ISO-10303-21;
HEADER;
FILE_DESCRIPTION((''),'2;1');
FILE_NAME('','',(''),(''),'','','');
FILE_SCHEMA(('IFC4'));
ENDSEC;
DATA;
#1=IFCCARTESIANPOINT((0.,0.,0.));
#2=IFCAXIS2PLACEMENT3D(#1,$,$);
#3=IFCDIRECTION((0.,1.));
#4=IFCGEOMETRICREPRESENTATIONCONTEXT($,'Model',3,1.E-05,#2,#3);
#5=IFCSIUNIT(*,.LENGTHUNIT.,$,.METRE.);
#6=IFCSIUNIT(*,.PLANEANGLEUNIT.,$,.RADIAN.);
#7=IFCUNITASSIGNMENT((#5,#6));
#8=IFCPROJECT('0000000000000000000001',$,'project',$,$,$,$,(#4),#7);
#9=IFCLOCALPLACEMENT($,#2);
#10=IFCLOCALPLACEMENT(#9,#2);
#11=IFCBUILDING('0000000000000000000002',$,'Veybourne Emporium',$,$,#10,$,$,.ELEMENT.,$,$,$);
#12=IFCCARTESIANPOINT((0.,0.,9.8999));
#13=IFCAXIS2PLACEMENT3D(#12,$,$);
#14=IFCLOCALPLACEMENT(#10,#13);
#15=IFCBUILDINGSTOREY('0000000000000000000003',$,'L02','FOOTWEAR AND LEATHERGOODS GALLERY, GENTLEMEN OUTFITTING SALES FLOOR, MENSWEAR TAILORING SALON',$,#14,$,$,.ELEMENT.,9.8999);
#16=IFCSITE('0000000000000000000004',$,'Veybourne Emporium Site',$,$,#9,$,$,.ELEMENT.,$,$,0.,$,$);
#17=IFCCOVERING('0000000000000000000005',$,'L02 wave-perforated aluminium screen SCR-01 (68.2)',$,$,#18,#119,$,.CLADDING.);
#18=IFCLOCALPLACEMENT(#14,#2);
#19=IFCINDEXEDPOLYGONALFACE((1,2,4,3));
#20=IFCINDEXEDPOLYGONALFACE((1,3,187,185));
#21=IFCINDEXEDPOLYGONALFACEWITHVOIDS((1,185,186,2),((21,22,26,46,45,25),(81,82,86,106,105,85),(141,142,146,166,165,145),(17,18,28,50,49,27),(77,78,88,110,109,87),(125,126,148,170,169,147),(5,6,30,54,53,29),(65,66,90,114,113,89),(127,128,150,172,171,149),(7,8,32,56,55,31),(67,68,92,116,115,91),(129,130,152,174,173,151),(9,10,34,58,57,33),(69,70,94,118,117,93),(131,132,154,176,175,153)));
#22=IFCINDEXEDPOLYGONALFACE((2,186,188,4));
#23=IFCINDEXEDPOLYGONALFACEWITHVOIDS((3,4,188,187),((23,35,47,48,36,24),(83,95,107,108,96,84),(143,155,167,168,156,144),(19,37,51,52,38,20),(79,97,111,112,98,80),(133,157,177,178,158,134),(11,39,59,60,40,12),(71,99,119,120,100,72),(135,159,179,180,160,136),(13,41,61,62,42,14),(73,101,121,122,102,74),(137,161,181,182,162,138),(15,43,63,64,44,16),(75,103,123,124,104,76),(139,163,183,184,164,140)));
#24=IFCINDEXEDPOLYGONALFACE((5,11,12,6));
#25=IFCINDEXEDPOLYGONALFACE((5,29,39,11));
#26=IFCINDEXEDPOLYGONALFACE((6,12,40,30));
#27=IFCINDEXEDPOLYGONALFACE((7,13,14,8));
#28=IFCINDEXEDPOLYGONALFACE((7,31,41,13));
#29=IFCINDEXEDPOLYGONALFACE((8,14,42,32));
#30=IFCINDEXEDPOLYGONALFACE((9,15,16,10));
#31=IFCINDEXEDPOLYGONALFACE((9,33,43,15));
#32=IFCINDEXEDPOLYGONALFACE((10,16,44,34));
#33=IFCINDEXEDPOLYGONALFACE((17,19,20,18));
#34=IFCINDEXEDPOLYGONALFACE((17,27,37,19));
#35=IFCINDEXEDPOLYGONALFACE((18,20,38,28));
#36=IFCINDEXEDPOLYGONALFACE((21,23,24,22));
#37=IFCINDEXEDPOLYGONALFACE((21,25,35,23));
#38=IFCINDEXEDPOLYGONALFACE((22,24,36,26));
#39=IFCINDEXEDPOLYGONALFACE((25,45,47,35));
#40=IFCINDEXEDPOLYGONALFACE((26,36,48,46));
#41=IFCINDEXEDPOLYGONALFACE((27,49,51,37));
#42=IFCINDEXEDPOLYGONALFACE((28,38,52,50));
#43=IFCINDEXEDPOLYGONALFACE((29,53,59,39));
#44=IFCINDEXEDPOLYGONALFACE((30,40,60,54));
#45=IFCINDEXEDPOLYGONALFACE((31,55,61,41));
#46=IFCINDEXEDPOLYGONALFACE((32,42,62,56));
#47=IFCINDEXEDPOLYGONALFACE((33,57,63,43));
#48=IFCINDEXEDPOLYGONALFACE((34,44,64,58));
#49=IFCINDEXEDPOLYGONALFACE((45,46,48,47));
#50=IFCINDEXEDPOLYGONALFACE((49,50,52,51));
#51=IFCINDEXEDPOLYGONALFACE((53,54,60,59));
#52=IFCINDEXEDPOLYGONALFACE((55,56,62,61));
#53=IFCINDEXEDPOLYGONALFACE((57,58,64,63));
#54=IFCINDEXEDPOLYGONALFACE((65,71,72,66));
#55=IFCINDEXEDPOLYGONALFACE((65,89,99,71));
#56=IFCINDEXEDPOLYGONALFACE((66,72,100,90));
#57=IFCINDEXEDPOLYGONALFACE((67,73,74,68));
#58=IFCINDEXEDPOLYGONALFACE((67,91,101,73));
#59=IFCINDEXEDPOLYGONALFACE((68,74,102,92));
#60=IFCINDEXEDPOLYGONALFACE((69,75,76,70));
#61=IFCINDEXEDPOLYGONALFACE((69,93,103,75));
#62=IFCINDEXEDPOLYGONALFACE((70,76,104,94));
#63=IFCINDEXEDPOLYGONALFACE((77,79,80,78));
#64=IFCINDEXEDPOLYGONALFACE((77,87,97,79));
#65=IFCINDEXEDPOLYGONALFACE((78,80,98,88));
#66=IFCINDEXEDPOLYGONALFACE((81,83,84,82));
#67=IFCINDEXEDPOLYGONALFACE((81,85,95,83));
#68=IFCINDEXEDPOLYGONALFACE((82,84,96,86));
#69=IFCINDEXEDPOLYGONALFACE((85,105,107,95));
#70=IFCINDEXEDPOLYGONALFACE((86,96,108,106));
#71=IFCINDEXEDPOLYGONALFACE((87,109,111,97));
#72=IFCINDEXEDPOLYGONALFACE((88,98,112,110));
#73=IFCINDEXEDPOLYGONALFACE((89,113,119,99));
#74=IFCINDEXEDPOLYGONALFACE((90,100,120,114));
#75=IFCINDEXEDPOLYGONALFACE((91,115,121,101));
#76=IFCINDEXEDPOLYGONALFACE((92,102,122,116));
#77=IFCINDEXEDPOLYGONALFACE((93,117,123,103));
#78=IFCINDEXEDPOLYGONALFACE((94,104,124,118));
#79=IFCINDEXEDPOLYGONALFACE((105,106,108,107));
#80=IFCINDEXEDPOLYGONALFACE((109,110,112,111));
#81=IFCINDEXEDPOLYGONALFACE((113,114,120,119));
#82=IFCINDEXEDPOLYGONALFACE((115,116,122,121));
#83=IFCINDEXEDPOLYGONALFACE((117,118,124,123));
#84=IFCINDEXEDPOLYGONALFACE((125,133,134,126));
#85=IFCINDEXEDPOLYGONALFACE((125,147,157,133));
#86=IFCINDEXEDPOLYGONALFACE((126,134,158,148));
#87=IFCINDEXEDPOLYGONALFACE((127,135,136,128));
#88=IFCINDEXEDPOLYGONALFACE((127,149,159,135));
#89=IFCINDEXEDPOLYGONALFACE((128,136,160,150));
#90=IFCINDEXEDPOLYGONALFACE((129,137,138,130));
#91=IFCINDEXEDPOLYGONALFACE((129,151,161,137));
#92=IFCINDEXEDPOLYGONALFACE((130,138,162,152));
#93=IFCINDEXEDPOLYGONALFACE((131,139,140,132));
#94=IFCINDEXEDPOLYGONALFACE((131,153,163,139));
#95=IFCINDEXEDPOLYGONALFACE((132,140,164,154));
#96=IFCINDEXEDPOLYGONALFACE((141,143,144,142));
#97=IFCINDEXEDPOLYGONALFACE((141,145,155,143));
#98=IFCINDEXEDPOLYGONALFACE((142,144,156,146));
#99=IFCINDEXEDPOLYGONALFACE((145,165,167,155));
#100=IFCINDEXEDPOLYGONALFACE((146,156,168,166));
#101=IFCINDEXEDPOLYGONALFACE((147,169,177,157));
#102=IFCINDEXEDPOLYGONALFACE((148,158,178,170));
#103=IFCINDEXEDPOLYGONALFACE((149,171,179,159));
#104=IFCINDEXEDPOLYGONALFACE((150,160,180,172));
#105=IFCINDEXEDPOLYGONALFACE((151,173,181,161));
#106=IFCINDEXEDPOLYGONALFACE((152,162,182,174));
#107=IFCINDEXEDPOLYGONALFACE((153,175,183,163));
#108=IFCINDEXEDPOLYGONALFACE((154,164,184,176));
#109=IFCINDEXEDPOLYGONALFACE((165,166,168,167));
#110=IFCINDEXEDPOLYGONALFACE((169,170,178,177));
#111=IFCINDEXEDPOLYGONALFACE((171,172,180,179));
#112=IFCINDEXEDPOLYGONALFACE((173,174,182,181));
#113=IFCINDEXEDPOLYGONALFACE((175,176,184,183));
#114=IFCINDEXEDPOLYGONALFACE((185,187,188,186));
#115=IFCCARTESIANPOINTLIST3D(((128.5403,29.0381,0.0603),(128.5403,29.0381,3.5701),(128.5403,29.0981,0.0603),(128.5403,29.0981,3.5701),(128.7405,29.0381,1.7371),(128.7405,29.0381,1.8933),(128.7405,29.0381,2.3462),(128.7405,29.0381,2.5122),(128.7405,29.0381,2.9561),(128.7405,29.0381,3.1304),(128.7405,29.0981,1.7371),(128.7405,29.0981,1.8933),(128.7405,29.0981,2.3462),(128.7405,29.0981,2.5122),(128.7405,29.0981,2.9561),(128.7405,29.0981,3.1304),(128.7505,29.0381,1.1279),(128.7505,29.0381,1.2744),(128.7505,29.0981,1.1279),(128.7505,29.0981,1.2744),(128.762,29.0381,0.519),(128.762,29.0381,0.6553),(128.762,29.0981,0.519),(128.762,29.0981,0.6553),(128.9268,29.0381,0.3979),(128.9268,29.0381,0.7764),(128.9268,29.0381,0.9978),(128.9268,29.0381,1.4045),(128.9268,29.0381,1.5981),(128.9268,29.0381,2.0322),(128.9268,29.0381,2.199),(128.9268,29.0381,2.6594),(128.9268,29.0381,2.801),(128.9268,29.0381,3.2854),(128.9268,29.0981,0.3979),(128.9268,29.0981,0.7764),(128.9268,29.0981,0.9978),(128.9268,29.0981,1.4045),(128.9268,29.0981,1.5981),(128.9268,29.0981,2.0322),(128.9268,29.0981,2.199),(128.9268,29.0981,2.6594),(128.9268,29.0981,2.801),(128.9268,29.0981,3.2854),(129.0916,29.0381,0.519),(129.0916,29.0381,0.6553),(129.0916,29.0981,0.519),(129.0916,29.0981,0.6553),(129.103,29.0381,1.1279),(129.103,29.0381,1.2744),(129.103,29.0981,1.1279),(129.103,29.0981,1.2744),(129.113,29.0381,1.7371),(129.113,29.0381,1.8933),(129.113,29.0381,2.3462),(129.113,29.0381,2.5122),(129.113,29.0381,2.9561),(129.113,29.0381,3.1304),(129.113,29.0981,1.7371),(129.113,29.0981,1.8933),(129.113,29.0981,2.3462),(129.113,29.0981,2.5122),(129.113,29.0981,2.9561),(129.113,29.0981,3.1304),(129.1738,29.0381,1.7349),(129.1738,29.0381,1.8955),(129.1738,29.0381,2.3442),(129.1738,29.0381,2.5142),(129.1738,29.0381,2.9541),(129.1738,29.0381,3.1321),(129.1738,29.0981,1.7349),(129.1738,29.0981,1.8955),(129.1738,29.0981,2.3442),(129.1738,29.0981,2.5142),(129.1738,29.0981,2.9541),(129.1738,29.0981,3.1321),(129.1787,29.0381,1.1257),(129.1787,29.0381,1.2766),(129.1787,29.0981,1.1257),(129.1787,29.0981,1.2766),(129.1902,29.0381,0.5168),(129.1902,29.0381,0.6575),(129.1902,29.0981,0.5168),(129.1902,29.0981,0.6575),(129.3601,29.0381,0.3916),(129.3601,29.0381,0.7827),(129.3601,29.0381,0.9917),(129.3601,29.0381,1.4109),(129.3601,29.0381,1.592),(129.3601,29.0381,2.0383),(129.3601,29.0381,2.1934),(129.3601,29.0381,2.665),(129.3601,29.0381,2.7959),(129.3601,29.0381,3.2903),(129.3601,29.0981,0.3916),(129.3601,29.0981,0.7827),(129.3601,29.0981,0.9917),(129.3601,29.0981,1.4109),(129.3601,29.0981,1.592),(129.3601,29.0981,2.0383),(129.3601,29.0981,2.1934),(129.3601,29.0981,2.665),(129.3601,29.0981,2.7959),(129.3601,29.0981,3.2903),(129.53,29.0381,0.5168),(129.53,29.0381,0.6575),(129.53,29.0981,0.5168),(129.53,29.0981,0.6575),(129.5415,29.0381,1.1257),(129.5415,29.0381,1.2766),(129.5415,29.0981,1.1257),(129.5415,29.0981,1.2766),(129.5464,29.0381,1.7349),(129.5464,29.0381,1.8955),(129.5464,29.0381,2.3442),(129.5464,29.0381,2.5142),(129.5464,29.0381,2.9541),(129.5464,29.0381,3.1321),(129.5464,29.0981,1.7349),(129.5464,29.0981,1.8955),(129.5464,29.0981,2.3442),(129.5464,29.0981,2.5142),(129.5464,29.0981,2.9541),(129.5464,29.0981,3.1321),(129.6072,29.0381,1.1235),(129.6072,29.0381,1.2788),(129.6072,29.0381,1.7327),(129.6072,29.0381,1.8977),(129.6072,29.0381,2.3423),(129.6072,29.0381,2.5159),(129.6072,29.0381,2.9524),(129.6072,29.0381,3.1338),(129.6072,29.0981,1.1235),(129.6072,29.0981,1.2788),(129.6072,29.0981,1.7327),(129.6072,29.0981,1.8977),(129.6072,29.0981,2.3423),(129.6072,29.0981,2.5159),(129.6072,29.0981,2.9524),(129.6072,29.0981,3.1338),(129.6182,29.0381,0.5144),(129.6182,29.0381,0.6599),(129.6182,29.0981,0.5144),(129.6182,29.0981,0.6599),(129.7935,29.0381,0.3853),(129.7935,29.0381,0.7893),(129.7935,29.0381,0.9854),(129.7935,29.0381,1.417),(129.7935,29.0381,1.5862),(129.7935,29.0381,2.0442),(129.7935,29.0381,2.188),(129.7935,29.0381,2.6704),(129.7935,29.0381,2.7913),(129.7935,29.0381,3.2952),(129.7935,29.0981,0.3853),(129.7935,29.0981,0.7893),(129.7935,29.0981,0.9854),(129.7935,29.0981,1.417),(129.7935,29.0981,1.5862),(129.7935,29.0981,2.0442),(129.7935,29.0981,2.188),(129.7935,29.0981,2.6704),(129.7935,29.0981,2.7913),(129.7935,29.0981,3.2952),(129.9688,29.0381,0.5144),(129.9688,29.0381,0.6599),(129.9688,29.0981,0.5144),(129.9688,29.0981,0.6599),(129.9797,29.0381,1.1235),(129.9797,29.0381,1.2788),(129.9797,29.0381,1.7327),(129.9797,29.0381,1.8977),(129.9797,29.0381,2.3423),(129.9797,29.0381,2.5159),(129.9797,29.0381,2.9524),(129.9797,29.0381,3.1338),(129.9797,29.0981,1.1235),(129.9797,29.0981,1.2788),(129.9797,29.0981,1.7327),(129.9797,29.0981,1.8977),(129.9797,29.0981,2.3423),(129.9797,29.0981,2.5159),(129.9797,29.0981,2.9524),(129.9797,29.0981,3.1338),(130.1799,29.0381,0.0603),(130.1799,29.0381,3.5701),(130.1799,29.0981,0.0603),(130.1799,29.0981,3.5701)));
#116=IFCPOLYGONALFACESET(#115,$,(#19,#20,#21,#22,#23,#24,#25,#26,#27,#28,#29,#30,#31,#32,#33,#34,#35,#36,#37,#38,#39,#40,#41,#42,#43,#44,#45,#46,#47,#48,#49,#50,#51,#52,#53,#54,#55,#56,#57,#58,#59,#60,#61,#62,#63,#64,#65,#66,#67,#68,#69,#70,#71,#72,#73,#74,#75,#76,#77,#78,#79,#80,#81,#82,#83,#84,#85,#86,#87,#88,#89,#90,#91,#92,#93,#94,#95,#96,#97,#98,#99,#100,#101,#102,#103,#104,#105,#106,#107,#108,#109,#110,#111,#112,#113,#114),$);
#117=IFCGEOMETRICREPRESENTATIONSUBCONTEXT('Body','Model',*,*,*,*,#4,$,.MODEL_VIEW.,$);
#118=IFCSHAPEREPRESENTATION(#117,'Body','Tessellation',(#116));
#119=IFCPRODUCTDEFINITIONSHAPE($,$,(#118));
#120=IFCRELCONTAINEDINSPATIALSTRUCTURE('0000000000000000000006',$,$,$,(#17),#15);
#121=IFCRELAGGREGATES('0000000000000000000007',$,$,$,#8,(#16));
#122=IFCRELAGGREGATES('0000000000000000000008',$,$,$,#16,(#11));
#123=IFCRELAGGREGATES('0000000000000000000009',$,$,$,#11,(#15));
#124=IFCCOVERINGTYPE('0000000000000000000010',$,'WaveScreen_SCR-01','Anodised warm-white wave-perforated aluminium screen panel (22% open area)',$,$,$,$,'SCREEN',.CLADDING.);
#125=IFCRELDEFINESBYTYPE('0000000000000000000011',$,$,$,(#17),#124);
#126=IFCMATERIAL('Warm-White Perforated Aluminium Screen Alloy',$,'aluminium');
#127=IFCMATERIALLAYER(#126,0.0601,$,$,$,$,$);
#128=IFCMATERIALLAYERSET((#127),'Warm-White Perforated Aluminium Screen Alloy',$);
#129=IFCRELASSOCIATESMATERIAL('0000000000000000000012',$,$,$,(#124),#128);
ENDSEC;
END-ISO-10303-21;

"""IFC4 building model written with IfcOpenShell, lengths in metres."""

from ifc_helpers import new_model, si_unit, direction, frame, origin, place, context, subcontext, project, spatial, polyline, outline, extrude, material, layer, layer_set, type_object, element, save


model = new_model("IFC4")

# Units and contexts
model_context = context("Model", 3, precision=1e-05, world=origin(), true_north=direction((0.0, 1.0)))
body_context = subcontext(model_context, "Body", "Model", "MODEL_VIEW")
ifc_project = project(units=[si_unit("LENGTHUNIT", "METRE"), si_unit("PLANEANGLEUNIT", "RADIAN")], contexts=[model_context])

# Site, building, storey
site_placement = place(None, origin())
site = spatial("IfcSite", under=ifc_project, at=site_placement, Name="Veybourne Emporium Site", CompositionType="ELEMENT", RefElevation=0.0)
building_placement = place(site_placement, origin())
building = spatial("IfcBuilding", under=site, at=building_placement, Name="Veybourne Emporium", CompositionType="ELEMENT")
storey_placement = place(building_placement, frame((0.0, 0.0, 9.8999)))
storey = spatial("IfcBuildingStorey", under=building, at=storey_placement, Name="L02", Description="FOOTWEAR AND LEATHERGOODS GALLERY, GENTLEMEN OUTFITTING SALES FLOOR, MENSWEAR TAILORING SALON", CompositionType="ELEMENT", Elevation=9.8999)

# Covering
ifc_material_1 = material(Name="Warm-White Perforated Aluminium Screen Alloy", Category="aluminium")
ifc_layer_1 = layer(ifc_material_1, 0.0601)
ifc_layer_set_1 = layer_set([ifc_layer_1], Name="Warm-White Perforated Aluminium Screen Alloy")
covering_type_1 = type_object("IfcCoveringType", Name="WaveScreen_SCR-01", Description="Anodised warm-white wave-perforated aluminium screen panel (22% open area)", ElementType="SCREEN", PredefinedType="CLADDING", material=ifc_layer_set_1)
covering_1_placement = place(storey_placement, frame((129.3601, 29.0981, 1.8152), z_axis=(0.0, -1.0, 0.0), x_axis=(1.0, 0.0, 0.0)))
element("IfcCovering", 1, at=covering_1_placement, inside=storey, type_object=covering_type_1, Name="L02 wave-perforated aluminium screen SCR-01 (68.2)", PredefinedType="CLADDING", context=body_context, shape_type="SweptSolid", body=[
    extrude(outline(polyline([(-0.8198, -1.7549), (0.8198, -1.7549), (0.8198, 1.7549), (-0.8198, 1.7549), (-0.8198, -1.7549)]), holes=[polyline([(-0.4333, -1.0388), (-0.2686, -1.1599), (-0.2686, -1.2961), (-0.4333, -1.4172), (-0.5981, -1.2961), (-0.5981, -1.1599), (-0.4333, -1.0388)]), polyline([(-0.4333, -0.4106), (-0.2571, -0.5408), (-0.2571, -0.6873), (-0.4333, -0.8174), (-0.6096, -0.6873), (-0.6096, -0.5408), (-0.4333, -0.4106)]), polyline([(-0.4333, 0.217), (-0.2471, 0.0781), (-0.2471, -0.0781), (-0.4333, -0.217), (-0.6196, -0.0781), (-0.6196, 0.0781), (-0.4333, 0.217)]), polyline([(-0.4333, 0.8442), (-0.2471, 0.697), (-0.2471, 0.531), (-0.4333, 0.3838), (-0.6196, 0.531), (-0.6196, 0.697), (-0.4333, 0.8442)]), polyline([(-0.4333, 1.4702), (-0.2471, 1.3152), (-0.2471, 1.1409), (-0.4333, 0.9858), (-0.6196, 1.1409), (-0.6196, 1.3152), (-0.4333, 1.4702)]), polyline([(0.0, -1.0325), (0.1699, -1.1577), (0.1699, -1.2983), (0.0, -1.4236), (-0.1699, -1.2983), (-0.1699, -1.1577), (0.0, -1.0325)]), polyline([(0.0, -0.4043), (0.1814, -0.5386), (0.1814, -0.6895), (0.0, -0.8235), (-0.1814, -0.6895), (-0.1814, -0.5386), (0.0, -0.4043)]), polyline([(0.0, 0.2231), (0.1863, 0.0803), (0.1863, -0.0803), (0.0, -0.2231), (-0.1863, -0.0803), (-0.1863, 0.0803), (0.0, 0.2231)]), polyline([(0.0, 0.8499), (0.1863, 0.699), (0.1863, 0.5291), (0.0, 0.3782), (-0.1863, 0.5291), (-0.1863, 0.699), (0.0, 0.8499)]), polyline([(0.0, 1.4751), (0.1863, 1.3169), (0.1863, 1.1389), (0.0, 0.9807), (-0.1863, 1.1389), (-0.1863, 1.3169), (0.0, 1.4751)]), polyline([(0.4333, -1.0259), (0.6086, -1.1553), (0.6086, -1.3008), (0.4333, -1.4299), (0.2581, -1.3008), (0.2581, -1.1553), (0.4333, -1.0259)]), polyline([(0.4333, -0.3982), (0.6196, -0.5364), (0.6196, -0.6917), (0.4333, -0.8298), (0.2471, -0.6917), (0.2471, -0.5364), (0.4333, -0.3982)]), polyline([(0.4333, 0.229), (0.6196, 0.0825), (0.6196, -0.0825), (0.4333, -0.229), (0.2471, -0.0825), (0.2471, 0.0825), (0.4333, 0.229)]), polyline([(0.4333, 0.8552), (0.6196, 0.7007), (0.6196, 0.5271), (0.4333, 0.3728), (0.2471, 0.5271), (0.2471, 0.7007), (0.4333, 0.8552)]), polyline([(0.4333, 1.48), (0.6196, 1.3186), (0.6196, 1.1372), (0.4333, 0.9761), (0.2471, 1.1372), (0.2471, 1.3186), (0.4333, 1.48)])]), origin(), (0.0, 0.0, 1.0), 0.0601),
])

save(model, "model.ifc")
